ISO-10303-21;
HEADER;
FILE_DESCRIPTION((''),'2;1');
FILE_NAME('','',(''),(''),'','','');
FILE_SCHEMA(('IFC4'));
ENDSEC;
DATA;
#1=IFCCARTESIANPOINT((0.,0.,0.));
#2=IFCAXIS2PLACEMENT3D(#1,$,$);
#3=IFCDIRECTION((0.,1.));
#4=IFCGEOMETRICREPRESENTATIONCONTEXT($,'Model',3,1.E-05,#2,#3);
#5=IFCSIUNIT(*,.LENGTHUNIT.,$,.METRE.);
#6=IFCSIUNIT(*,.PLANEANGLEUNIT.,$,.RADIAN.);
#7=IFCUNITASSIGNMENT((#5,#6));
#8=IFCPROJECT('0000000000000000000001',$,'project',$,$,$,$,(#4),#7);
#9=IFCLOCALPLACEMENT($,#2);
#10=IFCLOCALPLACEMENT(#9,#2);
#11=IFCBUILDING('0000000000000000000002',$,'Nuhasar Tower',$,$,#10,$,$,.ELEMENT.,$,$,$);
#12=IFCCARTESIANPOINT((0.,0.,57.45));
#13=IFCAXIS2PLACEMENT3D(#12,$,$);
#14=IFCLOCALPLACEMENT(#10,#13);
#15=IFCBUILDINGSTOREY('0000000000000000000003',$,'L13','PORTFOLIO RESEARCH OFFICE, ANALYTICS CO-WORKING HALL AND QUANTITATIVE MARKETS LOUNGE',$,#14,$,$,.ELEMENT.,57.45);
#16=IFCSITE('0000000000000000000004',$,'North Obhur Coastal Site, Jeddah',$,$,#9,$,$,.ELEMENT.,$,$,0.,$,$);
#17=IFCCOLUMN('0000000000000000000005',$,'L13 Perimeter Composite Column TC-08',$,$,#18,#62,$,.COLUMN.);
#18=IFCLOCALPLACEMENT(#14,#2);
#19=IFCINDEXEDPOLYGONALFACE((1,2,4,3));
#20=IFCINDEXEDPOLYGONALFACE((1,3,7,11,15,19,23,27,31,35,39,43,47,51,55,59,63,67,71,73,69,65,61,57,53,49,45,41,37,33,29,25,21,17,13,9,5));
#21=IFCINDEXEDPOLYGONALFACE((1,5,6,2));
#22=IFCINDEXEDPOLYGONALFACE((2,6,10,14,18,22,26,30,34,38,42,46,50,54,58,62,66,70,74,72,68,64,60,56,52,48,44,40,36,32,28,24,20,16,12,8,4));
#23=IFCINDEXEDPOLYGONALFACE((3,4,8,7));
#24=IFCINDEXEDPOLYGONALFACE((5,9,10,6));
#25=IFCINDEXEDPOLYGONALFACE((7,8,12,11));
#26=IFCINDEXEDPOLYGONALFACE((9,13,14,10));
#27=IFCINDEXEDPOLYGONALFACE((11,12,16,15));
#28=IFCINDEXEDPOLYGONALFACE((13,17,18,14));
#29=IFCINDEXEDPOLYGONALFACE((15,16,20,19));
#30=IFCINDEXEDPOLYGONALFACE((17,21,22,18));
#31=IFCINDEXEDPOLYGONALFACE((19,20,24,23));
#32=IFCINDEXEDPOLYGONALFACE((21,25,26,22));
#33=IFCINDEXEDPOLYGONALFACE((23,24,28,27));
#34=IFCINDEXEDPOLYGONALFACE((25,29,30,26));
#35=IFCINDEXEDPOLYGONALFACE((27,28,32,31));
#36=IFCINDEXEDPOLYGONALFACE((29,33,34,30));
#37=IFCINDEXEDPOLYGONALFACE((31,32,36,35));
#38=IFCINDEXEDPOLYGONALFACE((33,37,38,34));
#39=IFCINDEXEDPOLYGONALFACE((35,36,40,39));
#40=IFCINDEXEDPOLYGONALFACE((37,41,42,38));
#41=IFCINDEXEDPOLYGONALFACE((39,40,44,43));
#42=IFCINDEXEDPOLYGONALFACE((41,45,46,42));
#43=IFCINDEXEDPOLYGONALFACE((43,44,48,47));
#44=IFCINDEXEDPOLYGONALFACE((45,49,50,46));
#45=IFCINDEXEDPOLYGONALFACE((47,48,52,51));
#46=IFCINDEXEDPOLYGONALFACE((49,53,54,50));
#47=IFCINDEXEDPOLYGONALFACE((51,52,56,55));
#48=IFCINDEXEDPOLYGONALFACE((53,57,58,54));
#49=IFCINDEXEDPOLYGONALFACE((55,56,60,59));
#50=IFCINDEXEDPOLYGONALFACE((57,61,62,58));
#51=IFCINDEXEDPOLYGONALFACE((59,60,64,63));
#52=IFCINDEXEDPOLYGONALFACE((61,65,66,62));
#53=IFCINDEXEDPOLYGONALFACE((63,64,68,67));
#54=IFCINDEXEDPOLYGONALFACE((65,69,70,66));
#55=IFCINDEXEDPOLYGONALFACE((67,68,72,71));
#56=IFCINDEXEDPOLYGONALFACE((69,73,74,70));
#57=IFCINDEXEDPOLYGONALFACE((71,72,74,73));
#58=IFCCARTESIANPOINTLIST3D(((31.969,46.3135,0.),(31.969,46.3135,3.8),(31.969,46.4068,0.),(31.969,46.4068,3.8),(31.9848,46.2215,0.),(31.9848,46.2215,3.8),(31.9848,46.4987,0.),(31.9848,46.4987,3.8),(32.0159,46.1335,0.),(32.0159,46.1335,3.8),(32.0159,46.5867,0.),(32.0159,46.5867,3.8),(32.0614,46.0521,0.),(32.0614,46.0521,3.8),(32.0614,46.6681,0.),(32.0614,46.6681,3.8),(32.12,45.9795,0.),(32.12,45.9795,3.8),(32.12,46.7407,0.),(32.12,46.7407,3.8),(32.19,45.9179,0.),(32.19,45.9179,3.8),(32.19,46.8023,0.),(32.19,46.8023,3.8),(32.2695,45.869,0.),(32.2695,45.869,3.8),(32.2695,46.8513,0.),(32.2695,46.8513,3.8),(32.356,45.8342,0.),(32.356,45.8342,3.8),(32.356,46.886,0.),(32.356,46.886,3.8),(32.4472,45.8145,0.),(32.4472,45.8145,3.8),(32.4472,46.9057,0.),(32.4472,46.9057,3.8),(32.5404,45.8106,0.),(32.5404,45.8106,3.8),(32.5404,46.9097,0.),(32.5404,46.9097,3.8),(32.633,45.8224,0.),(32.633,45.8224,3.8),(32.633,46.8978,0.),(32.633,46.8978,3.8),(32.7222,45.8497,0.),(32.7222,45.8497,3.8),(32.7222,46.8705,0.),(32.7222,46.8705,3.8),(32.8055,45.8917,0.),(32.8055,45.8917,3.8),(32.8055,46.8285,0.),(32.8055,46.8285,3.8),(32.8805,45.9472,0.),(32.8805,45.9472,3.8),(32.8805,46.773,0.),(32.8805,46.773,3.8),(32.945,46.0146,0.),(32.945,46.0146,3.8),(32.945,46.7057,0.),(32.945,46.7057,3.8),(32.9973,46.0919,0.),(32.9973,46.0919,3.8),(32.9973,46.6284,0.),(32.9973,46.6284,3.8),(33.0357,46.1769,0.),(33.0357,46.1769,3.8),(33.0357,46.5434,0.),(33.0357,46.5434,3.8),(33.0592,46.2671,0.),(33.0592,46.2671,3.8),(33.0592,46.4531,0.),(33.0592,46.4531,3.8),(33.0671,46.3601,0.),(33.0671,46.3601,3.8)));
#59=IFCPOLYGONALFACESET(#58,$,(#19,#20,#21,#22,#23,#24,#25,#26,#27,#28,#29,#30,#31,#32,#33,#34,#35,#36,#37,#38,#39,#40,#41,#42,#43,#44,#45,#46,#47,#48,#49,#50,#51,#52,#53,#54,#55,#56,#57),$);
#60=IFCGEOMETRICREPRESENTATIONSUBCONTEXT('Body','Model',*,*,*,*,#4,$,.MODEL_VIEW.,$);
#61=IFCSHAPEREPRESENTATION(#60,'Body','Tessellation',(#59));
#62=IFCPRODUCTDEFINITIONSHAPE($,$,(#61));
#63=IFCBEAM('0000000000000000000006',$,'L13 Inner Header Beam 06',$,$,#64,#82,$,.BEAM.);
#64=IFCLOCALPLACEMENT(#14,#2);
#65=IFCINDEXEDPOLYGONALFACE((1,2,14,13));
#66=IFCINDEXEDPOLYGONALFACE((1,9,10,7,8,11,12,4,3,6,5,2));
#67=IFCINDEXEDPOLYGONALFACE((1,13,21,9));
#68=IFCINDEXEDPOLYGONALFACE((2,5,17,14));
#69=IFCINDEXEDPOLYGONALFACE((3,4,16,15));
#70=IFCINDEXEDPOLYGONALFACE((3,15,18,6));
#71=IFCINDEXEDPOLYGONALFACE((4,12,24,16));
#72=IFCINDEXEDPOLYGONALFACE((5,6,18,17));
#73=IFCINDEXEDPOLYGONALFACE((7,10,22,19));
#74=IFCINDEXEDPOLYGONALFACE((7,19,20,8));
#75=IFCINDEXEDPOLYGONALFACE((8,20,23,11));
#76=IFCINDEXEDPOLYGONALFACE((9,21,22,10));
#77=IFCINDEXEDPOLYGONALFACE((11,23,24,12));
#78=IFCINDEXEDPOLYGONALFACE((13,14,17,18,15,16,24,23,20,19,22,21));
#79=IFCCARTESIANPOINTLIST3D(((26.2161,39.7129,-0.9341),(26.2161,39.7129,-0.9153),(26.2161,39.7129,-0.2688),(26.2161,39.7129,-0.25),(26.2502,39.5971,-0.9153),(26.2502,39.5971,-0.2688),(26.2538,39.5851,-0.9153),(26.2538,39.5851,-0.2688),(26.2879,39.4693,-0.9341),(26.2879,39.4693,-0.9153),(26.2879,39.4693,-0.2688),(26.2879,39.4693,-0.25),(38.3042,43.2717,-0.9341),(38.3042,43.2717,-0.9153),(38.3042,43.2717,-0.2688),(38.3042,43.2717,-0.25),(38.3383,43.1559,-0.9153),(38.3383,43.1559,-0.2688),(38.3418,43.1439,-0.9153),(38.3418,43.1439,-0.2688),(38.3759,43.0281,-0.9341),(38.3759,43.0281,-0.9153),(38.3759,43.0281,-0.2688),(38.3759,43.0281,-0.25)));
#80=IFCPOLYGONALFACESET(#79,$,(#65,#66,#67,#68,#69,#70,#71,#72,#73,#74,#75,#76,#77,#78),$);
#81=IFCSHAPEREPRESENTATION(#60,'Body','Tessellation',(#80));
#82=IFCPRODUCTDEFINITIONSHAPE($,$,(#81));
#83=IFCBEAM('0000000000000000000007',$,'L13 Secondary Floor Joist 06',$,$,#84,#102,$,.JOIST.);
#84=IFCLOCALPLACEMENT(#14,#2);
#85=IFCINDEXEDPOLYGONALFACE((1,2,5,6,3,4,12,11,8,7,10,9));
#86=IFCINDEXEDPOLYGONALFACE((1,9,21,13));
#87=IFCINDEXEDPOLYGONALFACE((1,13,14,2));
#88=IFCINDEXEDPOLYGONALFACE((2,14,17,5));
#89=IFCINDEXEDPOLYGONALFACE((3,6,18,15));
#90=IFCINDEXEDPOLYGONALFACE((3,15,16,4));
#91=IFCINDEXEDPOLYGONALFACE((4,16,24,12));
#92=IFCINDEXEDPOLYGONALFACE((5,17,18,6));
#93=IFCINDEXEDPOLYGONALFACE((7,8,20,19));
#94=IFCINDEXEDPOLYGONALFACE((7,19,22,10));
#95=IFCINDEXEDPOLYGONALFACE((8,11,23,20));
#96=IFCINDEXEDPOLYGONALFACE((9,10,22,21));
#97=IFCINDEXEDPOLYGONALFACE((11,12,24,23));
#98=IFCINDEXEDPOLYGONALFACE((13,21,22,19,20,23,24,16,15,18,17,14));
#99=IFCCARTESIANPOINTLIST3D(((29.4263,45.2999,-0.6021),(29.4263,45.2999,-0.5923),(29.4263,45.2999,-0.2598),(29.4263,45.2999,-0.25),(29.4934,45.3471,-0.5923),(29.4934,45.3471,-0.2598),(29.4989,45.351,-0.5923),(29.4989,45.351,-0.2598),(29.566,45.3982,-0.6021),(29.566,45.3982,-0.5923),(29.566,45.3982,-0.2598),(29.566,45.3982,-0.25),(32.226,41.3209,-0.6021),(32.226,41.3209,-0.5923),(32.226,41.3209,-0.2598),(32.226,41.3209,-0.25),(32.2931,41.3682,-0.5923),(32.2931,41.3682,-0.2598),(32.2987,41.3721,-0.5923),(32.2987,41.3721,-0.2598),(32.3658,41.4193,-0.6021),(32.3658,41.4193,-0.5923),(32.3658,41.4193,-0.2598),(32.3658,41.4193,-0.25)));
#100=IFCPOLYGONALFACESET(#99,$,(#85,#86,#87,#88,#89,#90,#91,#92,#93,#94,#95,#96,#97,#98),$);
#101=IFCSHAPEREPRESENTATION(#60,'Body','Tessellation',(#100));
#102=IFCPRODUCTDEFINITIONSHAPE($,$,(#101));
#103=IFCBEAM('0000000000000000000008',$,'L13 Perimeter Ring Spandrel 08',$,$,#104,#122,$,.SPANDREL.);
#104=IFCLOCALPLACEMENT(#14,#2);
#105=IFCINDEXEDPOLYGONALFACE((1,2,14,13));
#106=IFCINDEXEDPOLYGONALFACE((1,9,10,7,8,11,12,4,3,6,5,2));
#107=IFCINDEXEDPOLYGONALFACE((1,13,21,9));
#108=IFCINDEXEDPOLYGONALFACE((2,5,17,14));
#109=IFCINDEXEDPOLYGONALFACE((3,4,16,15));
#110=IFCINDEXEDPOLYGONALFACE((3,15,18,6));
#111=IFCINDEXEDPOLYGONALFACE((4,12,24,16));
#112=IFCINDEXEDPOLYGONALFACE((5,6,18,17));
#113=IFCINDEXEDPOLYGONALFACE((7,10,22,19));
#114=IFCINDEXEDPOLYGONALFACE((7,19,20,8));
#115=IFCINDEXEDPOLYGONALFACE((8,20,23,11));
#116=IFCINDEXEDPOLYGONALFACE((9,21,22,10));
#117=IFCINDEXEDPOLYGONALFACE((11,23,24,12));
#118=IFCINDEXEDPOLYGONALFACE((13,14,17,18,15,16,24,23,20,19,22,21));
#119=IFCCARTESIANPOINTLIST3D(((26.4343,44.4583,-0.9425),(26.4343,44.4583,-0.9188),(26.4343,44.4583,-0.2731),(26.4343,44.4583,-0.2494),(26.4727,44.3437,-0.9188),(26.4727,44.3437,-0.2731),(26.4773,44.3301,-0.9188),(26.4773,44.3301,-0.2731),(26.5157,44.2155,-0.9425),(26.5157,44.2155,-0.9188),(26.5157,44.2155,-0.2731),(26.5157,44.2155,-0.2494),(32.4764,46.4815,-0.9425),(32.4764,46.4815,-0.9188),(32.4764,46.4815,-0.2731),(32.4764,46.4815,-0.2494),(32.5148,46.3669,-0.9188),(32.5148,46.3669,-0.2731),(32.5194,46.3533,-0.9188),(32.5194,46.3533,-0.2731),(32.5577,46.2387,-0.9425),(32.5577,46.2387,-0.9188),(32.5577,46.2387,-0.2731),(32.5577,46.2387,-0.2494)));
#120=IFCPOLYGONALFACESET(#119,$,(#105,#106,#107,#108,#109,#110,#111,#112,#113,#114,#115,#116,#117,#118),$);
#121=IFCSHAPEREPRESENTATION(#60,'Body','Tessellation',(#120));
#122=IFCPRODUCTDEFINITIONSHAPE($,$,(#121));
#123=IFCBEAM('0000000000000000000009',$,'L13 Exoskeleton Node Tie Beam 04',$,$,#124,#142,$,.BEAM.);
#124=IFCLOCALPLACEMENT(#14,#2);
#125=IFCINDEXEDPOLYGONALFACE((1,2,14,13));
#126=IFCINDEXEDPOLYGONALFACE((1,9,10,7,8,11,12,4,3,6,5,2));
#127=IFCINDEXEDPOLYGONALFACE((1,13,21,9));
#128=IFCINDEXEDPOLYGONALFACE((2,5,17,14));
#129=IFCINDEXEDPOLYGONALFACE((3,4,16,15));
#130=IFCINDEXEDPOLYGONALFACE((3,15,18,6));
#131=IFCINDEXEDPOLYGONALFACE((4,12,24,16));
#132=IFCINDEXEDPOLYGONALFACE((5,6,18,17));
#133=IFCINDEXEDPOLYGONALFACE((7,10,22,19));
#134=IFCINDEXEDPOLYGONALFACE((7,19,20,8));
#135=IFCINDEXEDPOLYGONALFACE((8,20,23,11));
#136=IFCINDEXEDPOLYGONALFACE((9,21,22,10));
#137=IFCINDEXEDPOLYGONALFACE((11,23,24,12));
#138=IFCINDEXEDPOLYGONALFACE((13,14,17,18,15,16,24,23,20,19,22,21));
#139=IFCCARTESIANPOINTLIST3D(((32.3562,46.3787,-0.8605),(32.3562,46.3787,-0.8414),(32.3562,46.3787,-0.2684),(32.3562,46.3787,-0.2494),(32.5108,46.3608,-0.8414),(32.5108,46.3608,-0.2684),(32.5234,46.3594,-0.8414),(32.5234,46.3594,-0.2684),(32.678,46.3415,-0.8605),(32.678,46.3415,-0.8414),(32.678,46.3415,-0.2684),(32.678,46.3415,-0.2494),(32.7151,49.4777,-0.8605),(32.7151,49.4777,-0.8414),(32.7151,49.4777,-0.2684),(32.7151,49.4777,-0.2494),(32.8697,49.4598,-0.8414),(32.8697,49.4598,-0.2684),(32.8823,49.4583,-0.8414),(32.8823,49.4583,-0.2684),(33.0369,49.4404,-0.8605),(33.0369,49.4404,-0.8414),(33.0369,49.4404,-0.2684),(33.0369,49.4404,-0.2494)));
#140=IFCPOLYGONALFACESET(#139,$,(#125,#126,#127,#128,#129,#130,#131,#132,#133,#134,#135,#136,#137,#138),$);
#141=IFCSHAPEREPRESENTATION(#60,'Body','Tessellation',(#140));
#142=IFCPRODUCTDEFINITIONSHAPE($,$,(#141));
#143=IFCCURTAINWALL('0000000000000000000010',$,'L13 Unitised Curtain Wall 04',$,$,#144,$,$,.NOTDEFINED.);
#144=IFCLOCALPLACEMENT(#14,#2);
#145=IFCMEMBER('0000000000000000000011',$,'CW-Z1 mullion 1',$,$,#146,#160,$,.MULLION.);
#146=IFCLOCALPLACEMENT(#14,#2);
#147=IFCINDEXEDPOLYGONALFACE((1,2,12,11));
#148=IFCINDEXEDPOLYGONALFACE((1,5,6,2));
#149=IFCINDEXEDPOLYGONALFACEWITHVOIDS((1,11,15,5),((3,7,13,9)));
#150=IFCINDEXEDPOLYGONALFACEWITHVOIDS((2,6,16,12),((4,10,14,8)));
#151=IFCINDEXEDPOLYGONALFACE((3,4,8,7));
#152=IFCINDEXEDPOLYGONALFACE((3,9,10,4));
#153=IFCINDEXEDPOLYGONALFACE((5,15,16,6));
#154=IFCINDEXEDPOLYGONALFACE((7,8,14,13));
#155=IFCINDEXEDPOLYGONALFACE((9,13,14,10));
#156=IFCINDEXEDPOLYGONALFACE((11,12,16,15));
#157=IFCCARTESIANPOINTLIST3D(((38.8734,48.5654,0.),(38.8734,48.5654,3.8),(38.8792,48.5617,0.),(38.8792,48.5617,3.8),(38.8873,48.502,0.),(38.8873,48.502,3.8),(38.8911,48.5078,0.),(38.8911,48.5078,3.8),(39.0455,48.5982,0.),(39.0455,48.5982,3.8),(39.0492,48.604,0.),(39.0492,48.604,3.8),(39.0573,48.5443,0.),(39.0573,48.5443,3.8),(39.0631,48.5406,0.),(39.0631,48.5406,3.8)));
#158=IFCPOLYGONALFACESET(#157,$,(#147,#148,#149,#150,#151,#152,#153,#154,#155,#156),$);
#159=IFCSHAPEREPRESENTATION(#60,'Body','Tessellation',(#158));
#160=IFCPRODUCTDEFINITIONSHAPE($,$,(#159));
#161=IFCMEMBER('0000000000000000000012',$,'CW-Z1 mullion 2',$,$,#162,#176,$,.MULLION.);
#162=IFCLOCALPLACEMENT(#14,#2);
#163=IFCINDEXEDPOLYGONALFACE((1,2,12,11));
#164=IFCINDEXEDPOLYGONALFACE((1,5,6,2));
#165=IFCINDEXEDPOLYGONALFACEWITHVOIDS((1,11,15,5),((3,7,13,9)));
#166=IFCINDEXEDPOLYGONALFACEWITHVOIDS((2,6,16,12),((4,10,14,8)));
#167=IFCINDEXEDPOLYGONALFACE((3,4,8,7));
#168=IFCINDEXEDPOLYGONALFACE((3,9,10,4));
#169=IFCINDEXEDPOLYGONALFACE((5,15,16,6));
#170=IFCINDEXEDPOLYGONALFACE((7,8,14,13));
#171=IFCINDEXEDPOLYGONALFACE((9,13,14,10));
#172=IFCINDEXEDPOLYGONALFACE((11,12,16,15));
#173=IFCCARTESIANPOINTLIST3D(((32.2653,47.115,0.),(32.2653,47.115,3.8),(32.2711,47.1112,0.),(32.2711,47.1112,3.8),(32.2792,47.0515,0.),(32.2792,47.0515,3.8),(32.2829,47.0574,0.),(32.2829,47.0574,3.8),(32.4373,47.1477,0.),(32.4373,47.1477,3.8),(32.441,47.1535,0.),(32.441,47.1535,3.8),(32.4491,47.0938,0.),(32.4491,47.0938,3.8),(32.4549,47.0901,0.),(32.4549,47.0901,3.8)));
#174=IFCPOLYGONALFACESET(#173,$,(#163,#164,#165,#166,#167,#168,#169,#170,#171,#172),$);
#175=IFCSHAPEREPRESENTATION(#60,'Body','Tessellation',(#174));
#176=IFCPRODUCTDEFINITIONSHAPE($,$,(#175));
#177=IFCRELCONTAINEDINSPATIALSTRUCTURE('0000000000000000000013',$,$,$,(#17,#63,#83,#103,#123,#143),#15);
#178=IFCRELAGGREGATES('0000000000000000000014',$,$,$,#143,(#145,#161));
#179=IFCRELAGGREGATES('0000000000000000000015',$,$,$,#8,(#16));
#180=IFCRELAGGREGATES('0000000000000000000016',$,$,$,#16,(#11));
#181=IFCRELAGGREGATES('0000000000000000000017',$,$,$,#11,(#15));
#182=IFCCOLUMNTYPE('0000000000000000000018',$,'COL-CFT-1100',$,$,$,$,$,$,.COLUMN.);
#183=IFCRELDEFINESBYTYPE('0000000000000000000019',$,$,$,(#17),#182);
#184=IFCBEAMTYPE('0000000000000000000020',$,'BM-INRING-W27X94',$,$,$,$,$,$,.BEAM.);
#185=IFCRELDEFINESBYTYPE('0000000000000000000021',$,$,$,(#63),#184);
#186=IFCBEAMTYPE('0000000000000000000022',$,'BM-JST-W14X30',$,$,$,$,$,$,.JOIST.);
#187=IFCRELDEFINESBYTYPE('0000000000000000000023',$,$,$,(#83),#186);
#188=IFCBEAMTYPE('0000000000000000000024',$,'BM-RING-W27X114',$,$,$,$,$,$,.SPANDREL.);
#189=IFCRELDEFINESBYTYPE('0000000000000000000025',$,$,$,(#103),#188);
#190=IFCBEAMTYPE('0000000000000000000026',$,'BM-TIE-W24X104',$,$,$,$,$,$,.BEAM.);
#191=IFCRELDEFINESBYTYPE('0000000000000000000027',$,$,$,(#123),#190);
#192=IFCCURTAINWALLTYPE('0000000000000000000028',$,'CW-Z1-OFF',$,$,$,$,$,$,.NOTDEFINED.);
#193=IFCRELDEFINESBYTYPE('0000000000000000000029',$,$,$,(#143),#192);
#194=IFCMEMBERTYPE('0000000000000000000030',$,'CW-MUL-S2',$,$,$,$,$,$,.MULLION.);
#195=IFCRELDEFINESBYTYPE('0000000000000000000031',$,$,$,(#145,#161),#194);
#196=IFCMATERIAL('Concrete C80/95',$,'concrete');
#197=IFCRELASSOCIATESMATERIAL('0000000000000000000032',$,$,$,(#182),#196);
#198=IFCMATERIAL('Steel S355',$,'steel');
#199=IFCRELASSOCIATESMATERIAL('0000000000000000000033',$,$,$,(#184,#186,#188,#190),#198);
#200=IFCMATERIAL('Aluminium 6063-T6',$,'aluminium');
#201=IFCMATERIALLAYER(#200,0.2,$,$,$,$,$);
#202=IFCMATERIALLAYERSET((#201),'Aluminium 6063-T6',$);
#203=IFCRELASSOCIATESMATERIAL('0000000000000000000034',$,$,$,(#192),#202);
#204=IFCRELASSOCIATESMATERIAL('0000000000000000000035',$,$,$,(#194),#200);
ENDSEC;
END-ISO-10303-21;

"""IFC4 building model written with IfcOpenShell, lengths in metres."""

from ifc_helpers import new_model, si_unit, direction, frame, origin, origin_2d, place, context, subcontext, project, spatial, hollow_rectangle, circle, i_section, extrude, material, layer, layer_set, material_profile, profile_set, type_object, element, aggregate, save


model = new_model("IFC4")

# Units and contexts
model_context = context("Model", 3, precision=1e-05, world=origin(), true_north=direction((0.0, 1.0)))
body_context = subcontext(model_context, "Body", "Model", "MODEL_VIEW")
ifc_project = project(units=[si_unit("LENGTHUNIT", "METRE"), si_unit("PLANEANGLEUNIT", "RADIAN")], contexts=[model_context])

# Site, building, storey
site_placement = place(None, origin())
site = spatial("IfcSite", under=ifc_project, at=site_placement, Name="North Obhur Coastal Site, Jeddah", CompositionType="ELEMENT", RefElevation=0.0)
building_placement = place(site_placement, origin())
building = spatial("IfcBuilding", under=site, at=building_placement, Name="Nuhasar Tower", CompositionType="ELEMENT")
storey_placement = place(building_placement, frame((0.0, 0.0, 57.45)))
storey = spatial("IfcBuildingStorey", under=building, at=storey_placement, Name="L13", Description="PORTFOLIO RESEARCH OFFICE, ANALYTICS CO-WORKING HALL AND QUANTITATIVE MARKETS LOUNGE", CompositionType="ELEMENT", Elevation=57.45)

# Column
ifc_material_1 = material(Name="Concrete C80/95", Category="concrete")
ifc_material_profile_1 = material_profile(ifc_material_1, circle(Radius=0.55, at=origin_2d()), Name="CFT1100")
ifc_profile_set_1 = profile_set([ifc_material_profile_1], Name="Concrete C80/95")
column_type = type_object("IfcColumnType", Name="COL-CFT-1100", PredefinedType="COLUMN", material=ifc_profile_set_1)
column_placement = place(storey_placement, frame((32.5171, 46.3601, 0.0), z_axis=(0.0, 0.0, 1.0), x_axis=(1.0, 0.0, 0.0)))
element("IfcColumn", 1, at=column_placement, inside=storey, type_object=column_type, Name="L13 Perimeter Composite Column TC-08", PredefinedType="COLUMN", context=body_context, shape_type="SweptSolid", body=[
    extrude(circle(Radius=0.55, at=origin_2d()), origin(), (0.0, 0.0, 1.0), 3.8),
])

# Beams
ifc_material_2 = material(Name="Steel S355", Category="steel")
ifc_material_profile_2 = material_profile(ifc_material_2, i_section(OverallWidth=0.2539, OverallDepth=0.6841, WebThickness=0.0125, FlangeThickness=0.0188, at=origin_2d()), Name="W27X94")
ifc_profile_set_2 = profile_set([ifc_material_profile_2], Name="Steel S355")
beam_type_1 = type_object("IfcBeamType", Name="BM-INRING-W27X94", PredefinedType="BEAM", material=ifc_profile_set_2)
beam_1_placement = place(storey_placement, frame((38.3401, 43.1499, -0.592), z_axis=(-0.95929, -0.282422, 0.0), x_axis=(0.282422, -0.95929, 0.0)))
element("IfcBeam", 2, at=beam_1_placement, inside=storey, type_object=beam_type_1, Name="L13 Inner Header Beam 06", PredefinedType="BEAM", context=body_context, shape_type="SweptSolid", body=[
    extrude(i_section(OverallWidth=0.2539, OverallDepth=0.6841, WebThickness=0.0125, FlangeThickness=0.0188, at=origin_2d()), origin(), (0.0, 0.0, 1.0), 12.6011),
])
ifc_material_profile_3 = material_profile(ifc_material_2, i_section(OverallWidth=0.1709, OverallDepth=0.3521, WebThickness=0.0068, FlangeThickness=0.0098, at=origin_2d()), Name="W14X30")
ifc_profile_set_3 = profile_set([ifc_material_profile_3], Name="Steel S355")
beam_type_2 = type_object("IfcBeamType", Name="BM-JST-W14X30", PredefinedType="JOIST", material=ifc_profile_set_3)
beam_2_placement = place(storey_placement, frame((32.2959, 41.3701, -0.426), z_axis=(-0.575461, 0.817829, 0.0), x_axis=(-0.817829, -0.575461, 0.0)))
element("IfcBeam", 3, at=beam_2_placement, inside=storey, type_object=beam_type_2, Name="L13 Secondary Floor Joist 06", PredefinedType="JOIST", context=body_context, shape_type="SweptSolid", body=[
    extrude(i_section(OverallWidth=0.1709, OverallDepth=0.3521, WebThickness=0.0068, FlangeThickness=0.0098, at=origin_2d()), origin(), (0.0, 0.0, 1.0), 4.8652),
])
ifc_material_profile_4 = material_profile(ifc_material_2, i_section(OverallWidth=0.2561, OverallDepth=0.6931, WebThickness=0.0144, FlangeThickness=0.0237, at=origin_2d()), Name="W27X114")
ifc_profile_set_4 = profile_set([ifc_material_profile_4], Name="Steel S355")
beam_type_3 = type_object("IfcBeamType", Name="BM-RING-W27X114", PredefinedType="SPANDREL", material=ifc_profile_set_4)
beam_3_placement = place(storey_placement, frame((32.5171, 46.3601, -0.5959), z_axis=(-0.948249, -0.317526, 0.0), x_axis=(0.317526, -0.948249, 0.0)))
element("IfcBeam", 4, at=beam_3_placement, inside=storey, type_object=beam_type_3, Name="L13 Perimeter Ring Spandrel 08", PredefinedType="SPANDREL", context=body_context, shape_type="SweptSolid", body=[
    extrude(i_section(OverallWidth=0.2561, OverallDepth=0.6931, WebThickness=0.0144, FlangeThickness=0.0237, at=origin_2d()), origin(), (0.0, 0.0, 1.0), 6.3718),
])
ifc_material_profile_5 = material_profile(ifc_material_2, i_section(OverallWidth=0.324, OverallDepth=0.6111, WebThickness=0.0127, FlangeThickness=0.019, at=origin_2d()), Name="W24X104")
ifc_profile_set_5 = profile_set([ifc_material_profile_5], Name="Steel S355")
beam_type_4 = type_object("IfcBeamType", Name="BM-TIE-W24X104", PredefinedType="BEAM", material=ifc_profile_set_5)
beam_4_placement = place(storey_placement, frame((32.5171, 46.3601, -0.5549), z_axis=(0.115043, 0.993361, 0.0), x_axis=(-0.993361, 0.115043, 0.0)))
element("IfcBeam", 5, at=beam_4_placement, inside=storey, type_object=beam_type_4, Name="L13 Exoskeleton Node Tie Beam 04", PredefinedType="BEAM", context=body_context, shape_type="SweptSolid", body=[
    extrude(i_section(OverallWidth=0.324, OverallDepth=0.6111, WebThickness=0.0127, FlangeThickness=0.019, at=origin_2d()), origin(), (0.0, 0.0, 1.0), 3.1196),
])

# Curtain wall, members
ifc_material_3 = material(Name="Aluminium 6063-T6", Category="aluminium")
ifc_layer_1 = layer(ifc_material_3, 0.2)
ifc_layer_set_1 = layer_set([ifc_layer_1], Name="Aluminium 6063-T6")
curtain_wall_type = type_object("IfcCurtainWallType", Name="CW-Z1-OFF", PredefinedType="NOTDEFINED", material=ifc_layer_set_1)
curtain_wall_placement = place(storey_placement, origin())
curtain_wall = element("IfcCurtainWall", 6, at=curtain_wall_placement, inside=storey, type_object=curtain_wall_type, Name="L13 Unitised Curtain Wall 04", PredefinedType="NOTDEFINED")
ifc_material_profile_6 = material_profile(ifc_material_3, hollow_rectangle(XDim=0.0649, YDim=0.1799, WallThickness=0.0049, at=origin_2d()), Name="CWM-2")
ifc_profile_set_6 = profile_set([ifc_material_profile_6], Name="Aluminium 6063-T6")
member_type_1 = type_object("IfcMemberType", Name="CW-MUL-S2", PredefinedType="MULLION", material=ifc_profile_set_6)
member_1_placement = place(storey_placement, frame((38.9683, 48.553, 0.0), z_axis=(0.0, 0.0, 1.0), x_axis=(0.214399, -0.976746, 0.0)))
member_1 = element("IfcMember", 7, at=member_1_placement, type_object=member_type_1, Name="CW-Z1 mullion 1", PredefinedType="MULLION", context=body_context, shape_type="SweptSolid", body=[
    extrude(hollow_rectangle(XDim=0.0649, YDim=0.1799, WallThickness=0.0049, at=origin_2d()), origin(), (0.0, 0.0, 1.0), 3.8),
])
member_2_placement = place(storey_placement, frame((32.3601, 47.1025, 0.0), z_axis=(0.0, 0.0, 1.0), x_axis=(0.214399, -0.976746, 0.0)))
member_2 = element("IfcMember", 8, at=member_2_placement, type_object=member_type_1, Name="CW-Z1 mullion 2", PredefinedType="MULLION", context=body_context, shape_type="SweptSolid", body=[
    extrude(hollow_rectangle(XDim=0.0649, YDim=0.1799, WallThickness=0.0049, at=origin_2d()), origin(), (0.0, 0.0, 1.0), 3.8),
])

aggregate(curtain_wall, [member_1, member_2])

save(model, "model.ifc")
